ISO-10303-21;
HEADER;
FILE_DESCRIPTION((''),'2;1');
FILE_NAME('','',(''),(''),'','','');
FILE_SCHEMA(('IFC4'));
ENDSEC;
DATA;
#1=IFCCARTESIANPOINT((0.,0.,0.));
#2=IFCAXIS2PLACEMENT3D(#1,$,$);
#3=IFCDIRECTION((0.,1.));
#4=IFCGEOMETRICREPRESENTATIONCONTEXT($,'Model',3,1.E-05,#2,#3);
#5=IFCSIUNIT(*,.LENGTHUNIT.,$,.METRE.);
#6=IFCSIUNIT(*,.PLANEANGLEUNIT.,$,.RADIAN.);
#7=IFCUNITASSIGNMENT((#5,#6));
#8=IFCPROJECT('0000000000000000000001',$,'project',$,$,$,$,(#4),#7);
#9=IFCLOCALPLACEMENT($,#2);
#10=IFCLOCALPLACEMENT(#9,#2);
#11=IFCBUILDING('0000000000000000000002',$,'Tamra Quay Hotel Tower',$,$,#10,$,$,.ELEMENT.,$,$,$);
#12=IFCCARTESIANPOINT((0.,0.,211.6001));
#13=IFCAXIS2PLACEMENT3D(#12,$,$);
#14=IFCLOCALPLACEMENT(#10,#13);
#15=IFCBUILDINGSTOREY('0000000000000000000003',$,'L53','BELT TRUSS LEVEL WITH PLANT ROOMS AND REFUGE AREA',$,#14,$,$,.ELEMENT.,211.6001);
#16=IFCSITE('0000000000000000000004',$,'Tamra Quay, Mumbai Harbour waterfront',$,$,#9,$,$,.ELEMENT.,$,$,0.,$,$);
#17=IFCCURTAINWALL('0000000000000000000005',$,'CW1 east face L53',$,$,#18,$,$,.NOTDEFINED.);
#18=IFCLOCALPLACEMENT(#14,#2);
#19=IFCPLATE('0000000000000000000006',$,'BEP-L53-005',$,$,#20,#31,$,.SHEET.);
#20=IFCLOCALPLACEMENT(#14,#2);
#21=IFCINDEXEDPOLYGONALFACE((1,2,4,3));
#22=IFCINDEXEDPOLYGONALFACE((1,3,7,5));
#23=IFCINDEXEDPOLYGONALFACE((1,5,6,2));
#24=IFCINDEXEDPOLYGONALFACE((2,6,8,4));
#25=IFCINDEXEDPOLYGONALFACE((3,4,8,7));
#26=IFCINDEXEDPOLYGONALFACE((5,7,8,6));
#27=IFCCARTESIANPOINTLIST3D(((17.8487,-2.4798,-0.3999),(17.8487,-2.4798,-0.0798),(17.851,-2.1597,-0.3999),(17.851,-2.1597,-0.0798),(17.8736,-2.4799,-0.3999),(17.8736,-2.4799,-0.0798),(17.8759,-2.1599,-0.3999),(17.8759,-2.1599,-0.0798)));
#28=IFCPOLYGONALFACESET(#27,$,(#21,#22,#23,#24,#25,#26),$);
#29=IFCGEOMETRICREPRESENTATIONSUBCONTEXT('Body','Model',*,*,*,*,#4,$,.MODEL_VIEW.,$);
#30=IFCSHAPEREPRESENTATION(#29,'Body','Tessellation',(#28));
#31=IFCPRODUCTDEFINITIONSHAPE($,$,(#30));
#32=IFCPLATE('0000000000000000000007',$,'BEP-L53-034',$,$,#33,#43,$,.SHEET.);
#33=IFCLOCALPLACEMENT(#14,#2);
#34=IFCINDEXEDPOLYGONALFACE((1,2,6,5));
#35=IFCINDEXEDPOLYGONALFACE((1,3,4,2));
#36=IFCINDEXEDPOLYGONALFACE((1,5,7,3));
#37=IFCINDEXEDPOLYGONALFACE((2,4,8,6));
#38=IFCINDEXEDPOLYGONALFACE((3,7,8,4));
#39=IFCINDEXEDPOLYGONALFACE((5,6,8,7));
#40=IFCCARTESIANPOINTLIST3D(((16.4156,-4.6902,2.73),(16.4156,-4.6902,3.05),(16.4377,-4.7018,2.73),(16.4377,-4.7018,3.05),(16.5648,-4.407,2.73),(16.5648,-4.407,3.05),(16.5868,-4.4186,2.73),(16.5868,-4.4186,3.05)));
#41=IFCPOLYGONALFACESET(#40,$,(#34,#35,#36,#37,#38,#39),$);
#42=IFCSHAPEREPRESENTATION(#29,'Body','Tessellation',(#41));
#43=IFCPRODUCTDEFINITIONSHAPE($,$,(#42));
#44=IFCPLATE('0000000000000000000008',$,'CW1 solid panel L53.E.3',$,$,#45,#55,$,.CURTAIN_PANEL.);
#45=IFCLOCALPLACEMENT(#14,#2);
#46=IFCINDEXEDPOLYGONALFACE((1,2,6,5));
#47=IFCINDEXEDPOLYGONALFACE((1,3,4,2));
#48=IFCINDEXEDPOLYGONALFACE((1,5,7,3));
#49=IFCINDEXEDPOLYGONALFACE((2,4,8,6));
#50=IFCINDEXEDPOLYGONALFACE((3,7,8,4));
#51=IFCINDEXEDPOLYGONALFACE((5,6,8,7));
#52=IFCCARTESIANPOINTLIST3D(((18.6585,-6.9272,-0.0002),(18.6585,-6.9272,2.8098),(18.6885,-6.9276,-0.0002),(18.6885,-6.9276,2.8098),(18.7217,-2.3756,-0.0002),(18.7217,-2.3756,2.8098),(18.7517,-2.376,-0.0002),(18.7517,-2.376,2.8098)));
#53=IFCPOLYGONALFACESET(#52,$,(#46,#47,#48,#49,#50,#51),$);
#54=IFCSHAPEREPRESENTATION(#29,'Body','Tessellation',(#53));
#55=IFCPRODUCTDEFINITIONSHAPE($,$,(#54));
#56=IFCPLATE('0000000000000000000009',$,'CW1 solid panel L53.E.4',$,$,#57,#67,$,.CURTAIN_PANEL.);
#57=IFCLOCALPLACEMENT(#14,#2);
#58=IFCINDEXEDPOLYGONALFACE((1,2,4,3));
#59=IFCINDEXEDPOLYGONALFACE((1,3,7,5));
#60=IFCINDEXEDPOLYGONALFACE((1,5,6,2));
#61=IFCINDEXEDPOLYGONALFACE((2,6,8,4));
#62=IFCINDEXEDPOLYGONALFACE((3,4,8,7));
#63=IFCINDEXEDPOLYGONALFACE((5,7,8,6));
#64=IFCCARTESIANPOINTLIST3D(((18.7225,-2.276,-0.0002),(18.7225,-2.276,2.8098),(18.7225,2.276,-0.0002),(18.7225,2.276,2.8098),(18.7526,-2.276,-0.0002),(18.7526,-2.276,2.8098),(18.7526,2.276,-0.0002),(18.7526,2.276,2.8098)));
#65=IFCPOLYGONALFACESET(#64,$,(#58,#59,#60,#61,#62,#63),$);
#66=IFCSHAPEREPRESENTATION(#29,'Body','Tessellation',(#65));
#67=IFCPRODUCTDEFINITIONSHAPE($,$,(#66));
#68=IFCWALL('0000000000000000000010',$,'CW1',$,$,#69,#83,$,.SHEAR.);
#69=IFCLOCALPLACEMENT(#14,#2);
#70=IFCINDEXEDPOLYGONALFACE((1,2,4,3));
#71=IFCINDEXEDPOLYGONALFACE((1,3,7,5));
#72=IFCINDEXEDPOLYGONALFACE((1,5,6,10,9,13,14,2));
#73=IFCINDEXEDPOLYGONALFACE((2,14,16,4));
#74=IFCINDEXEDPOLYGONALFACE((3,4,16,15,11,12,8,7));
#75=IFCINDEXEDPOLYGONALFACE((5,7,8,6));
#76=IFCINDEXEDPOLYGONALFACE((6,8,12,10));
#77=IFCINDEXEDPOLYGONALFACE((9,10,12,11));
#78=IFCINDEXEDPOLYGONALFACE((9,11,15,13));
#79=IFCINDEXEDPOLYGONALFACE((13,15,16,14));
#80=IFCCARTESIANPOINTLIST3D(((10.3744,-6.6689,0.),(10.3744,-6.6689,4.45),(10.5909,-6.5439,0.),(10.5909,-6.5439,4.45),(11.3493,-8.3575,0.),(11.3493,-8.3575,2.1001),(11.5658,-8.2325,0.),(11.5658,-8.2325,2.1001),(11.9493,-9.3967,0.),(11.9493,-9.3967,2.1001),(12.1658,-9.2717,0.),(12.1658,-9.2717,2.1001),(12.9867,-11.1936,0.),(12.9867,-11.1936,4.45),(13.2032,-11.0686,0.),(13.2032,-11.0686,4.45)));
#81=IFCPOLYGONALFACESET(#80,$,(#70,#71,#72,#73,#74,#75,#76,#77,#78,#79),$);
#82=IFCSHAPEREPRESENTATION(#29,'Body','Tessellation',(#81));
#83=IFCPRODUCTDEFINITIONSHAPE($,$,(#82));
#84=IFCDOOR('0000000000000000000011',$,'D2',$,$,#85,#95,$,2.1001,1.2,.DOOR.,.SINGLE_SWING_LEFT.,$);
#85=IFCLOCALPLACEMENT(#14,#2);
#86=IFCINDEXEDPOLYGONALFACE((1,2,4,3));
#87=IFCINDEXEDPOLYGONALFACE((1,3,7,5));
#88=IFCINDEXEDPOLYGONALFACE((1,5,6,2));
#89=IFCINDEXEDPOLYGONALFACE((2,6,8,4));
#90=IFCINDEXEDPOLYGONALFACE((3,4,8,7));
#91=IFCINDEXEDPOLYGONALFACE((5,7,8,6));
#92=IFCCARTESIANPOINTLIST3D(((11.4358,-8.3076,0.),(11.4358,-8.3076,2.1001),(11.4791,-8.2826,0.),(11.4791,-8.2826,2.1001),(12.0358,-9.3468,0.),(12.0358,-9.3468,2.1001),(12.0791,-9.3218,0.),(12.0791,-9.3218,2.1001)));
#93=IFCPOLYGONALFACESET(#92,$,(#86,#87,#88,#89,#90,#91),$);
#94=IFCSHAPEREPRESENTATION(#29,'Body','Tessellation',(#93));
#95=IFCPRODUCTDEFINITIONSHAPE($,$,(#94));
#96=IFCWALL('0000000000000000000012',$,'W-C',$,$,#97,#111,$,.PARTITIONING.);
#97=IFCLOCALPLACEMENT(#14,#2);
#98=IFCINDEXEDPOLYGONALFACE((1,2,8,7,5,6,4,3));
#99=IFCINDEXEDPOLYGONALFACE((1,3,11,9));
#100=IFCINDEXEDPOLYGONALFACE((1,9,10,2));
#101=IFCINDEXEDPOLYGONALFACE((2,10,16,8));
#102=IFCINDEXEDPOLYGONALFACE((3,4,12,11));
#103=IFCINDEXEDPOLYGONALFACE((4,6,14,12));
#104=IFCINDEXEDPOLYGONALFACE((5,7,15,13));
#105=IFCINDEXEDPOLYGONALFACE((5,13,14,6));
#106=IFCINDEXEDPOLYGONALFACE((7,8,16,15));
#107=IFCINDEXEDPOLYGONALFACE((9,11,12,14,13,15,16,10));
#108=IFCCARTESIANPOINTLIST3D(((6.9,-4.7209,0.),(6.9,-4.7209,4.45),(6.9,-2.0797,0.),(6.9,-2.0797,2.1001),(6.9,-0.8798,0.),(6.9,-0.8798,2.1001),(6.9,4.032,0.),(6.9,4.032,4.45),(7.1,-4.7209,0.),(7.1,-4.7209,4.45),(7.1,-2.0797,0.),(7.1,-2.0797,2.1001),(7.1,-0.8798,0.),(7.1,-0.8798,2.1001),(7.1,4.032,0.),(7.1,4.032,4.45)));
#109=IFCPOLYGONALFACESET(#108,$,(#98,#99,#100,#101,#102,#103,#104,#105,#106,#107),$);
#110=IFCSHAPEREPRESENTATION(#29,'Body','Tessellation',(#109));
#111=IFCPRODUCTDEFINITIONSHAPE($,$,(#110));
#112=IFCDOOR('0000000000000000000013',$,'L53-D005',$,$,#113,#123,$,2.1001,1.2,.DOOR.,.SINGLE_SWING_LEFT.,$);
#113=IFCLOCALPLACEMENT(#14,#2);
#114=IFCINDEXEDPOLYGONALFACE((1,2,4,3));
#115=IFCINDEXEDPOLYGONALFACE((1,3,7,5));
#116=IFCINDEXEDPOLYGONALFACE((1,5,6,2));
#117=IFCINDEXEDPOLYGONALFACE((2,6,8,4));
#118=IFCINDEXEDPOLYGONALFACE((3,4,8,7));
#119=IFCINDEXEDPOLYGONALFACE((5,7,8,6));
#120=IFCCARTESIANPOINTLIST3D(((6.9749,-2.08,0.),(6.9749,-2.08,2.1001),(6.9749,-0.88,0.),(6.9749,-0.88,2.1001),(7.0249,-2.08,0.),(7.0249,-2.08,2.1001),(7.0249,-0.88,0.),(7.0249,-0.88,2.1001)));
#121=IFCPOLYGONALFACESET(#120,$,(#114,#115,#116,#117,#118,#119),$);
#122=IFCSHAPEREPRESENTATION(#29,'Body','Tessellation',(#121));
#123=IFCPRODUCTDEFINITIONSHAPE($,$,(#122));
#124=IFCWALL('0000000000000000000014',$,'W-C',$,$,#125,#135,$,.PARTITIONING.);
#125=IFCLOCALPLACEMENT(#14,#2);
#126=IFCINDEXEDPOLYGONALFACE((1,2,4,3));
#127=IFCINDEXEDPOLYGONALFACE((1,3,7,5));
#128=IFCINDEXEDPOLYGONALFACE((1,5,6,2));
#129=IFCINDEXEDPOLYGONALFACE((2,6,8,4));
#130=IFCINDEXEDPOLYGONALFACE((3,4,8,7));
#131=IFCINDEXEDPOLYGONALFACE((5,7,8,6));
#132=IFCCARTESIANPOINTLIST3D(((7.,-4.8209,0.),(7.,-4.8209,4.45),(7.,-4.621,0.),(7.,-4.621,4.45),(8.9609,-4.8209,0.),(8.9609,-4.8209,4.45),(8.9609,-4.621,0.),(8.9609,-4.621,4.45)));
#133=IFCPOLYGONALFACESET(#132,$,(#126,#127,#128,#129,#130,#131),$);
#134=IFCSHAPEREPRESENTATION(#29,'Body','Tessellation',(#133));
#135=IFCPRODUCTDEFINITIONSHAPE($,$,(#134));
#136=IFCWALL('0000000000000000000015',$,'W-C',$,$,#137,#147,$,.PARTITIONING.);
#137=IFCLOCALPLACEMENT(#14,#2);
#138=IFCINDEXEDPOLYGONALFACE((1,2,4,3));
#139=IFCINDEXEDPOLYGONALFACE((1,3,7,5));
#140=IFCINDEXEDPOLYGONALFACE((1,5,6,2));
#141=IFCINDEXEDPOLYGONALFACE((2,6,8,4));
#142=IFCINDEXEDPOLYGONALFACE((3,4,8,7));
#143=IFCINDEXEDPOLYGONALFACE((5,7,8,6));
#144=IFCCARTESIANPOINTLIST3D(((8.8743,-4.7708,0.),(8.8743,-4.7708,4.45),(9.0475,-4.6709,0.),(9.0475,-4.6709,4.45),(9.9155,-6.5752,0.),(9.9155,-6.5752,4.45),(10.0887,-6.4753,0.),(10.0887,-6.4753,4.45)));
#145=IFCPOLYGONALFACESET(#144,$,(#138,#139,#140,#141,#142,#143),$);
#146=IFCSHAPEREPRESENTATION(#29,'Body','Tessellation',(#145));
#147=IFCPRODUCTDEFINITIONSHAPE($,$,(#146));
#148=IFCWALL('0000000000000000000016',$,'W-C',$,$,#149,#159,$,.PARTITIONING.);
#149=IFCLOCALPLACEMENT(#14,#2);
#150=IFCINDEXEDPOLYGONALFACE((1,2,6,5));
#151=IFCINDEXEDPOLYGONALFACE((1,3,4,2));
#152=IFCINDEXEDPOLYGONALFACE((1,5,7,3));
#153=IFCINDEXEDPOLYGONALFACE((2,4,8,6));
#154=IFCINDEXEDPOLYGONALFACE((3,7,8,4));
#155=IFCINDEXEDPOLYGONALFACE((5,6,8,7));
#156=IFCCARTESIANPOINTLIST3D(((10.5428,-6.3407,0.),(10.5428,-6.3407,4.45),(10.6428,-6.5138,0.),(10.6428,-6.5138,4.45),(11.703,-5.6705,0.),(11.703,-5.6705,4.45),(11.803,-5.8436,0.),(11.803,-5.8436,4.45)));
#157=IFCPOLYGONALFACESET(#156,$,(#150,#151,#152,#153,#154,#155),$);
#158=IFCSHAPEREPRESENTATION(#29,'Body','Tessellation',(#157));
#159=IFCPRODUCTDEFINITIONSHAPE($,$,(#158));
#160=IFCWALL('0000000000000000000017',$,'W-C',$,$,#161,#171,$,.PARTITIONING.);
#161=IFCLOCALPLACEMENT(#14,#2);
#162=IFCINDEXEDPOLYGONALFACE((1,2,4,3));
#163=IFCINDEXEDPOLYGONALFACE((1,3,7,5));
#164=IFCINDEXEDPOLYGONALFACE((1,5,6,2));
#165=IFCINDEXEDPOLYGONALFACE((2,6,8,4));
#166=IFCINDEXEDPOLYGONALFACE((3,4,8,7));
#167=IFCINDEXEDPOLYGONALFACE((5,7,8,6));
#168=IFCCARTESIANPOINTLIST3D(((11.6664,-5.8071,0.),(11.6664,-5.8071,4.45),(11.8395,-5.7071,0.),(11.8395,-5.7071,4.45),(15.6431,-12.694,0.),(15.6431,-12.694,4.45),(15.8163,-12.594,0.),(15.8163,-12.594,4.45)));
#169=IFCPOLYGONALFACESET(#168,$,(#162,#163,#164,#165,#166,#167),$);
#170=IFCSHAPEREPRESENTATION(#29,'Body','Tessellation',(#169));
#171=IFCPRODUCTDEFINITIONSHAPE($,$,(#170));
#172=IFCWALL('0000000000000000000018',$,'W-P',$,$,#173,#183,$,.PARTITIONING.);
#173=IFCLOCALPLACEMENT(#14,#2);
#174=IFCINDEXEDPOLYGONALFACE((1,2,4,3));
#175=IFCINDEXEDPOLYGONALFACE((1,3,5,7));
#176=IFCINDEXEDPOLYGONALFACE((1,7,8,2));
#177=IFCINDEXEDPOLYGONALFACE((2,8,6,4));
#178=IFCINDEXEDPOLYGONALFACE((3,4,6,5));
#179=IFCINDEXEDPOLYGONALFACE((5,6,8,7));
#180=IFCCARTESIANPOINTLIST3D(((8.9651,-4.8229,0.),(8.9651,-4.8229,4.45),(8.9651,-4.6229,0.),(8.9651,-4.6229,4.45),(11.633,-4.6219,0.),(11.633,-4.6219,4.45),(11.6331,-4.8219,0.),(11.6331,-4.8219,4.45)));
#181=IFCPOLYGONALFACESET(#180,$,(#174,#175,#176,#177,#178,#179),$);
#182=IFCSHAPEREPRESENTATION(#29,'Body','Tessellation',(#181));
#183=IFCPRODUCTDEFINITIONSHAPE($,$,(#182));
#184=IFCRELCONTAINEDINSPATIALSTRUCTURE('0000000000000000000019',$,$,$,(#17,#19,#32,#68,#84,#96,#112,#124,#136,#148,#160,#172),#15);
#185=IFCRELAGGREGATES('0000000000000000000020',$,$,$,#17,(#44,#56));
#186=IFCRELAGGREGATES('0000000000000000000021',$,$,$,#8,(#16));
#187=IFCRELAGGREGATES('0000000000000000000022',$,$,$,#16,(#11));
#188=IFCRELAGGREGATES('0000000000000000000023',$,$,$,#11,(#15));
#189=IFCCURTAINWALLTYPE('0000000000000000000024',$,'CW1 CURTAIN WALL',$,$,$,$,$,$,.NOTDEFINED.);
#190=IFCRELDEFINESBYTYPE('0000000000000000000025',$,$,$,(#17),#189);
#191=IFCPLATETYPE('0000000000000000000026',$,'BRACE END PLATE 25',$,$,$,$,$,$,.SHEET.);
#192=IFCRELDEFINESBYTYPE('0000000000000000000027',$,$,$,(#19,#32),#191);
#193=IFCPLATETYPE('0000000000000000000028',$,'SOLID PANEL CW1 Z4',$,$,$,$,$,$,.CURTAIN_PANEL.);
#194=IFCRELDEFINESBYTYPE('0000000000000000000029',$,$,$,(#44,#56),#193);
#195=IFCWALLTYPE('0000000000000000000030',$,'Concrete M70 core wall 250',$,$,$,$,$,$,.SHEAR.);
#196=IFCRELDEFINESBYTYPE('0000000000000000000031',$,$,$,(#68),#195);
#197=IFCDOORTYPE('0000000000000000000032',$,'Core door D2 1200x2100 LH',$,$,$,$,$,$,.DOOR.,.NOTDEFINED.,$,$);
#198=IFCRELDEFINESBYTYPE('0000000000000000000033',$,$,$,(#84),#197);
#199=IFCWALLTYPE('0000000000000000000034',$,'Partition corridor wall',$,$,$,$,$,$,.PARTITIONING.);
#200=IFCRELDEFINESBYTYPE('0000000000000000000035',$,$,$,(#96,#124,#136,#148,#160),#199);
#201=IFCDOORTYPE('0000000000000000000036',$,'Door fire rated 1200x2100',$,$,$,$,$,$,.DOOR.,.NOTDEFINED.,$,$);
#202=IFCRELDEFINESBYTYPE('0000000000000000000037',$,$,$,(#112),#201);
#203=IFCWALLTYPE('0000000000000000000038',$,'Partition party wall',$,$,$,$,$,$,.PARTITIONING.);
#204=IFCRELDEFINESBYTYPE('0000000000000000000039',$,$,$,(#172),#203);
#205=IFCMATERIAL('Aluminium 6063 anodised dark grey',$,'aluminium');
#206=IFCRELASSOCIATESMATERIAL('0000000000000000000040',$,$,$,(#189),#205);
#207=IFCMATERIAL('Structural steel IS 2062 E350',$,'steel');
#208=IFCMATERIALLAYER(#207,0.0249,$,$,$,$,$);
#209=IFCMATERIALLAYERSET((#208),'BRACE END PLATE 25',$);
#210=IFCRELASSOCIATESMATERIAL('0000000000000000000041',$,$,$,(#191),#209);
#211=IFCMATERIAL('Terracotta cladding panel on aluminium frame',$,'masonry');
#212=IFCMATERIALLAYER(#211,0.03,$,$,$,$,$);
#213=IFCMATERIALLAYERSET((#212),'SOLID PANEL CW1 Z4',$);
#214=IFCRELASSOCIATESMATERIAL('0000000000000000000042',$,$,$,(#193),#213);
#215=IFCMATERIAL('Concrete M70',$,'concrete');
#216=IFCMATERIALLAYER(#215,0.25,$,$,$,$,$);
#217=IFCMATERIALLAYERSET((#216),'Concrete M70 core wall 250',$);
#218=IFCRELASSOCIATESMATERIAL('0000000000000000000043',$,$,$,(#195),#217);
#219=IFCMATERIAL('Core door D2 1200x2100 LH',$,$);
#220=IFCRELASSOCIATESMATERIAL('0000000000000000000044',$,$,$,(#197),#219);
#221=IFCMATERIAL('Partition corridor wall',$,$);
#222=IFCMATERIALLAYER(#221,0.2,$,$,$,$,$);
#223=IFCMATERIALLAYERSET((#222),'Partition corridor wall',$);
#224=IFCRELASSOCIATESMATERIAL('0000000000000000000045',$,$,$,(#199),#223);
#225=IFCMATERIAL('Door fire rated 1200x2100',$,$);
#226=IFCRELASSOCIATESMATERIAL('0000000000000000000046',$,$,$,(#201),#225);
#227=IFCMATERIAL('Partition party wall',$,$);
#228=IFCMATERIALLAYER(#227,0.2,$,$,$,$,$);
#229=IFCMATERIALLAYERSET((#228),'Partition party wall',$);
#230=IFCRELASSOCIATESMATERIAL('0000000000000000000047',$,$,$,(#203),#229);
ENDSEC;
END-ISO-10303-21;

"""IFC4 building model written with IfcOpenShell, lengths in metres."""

from ifc_helpers import new_model, si_unit, direction, frame, frame_2d, origin, origin_2d, place, context, subcontext, project, spatial, rectangle, extrude, material, layer, layer_set, type_object, element, fill, aggregate, save


model = new_model("IFC4")

# Units and contexts
model_context = context("Model", 3, precision=1e-05, world=origin(), true_north=direction((0.0, 1.0)))
body_context = subcontext(model_context, "Body", "Model", "MODEL_VIEW")
ifc_project = project(units=[si_unit("LENGTHUNIT", "METRE"), si_unit("PLANEANGLEUNIT", "RADIAN")], contexts=[model_context])

# Site, building, storey
site_placement = place(None, origin())
site = spatial("IfcSite", under=ifc_project, at=site_placement, Name="Tamra Quay, Mumbai Harbour waterfront", CompositionType="ELEMENT", RefElevation=0.0)
building_placement = place(site_placement, origin())
building = spatial("IfcBuilding", under=site, at=building_placement, Name="Tamra Quay Hotel Tower", CompositionType="ELEMENT")
storey_placement = place(building_placement, frame((0.0, 0.0, 211.6001)))
storey = spatial("IfcBuildingStorey", under=building, at=storey_placement, Name="L53", Description="BELT TRUSS LEVEL WITH PLANT ROOMS AND REFUGE AREA", CompositionType="ELEMENT", Elevation=211.6001)

# Shared definitions
ifc_material_1 = material(Name="Structural steel IS 2062 E350", Category="steel")

# Curtain wall
ifc_material_2 = material(Name="Aluminium 6063 anodised dark grey", Category="aluminium")
curtain_wall_type = type_object("IfcCurtainWallType", Name="CW1 CURTAIN WALL", PredefinedType="NOTDEFINED", material=ifc_material_2)
curtain_wall_placement = place(storey_placement, origin())
curtain_wall = element("IfcCurtainWall", 1, at=curtain_wall_placement, inside=storey, type_object=curtain_wall_type, Name="CW1 east face L53", PredefinedType="NOTDEFINED")

# Plates
ifc_layer_1 = layer(ifc_material_1, 0.0249)
ifc_layer_set_1 = layer_set([ifc_layer_1], Name="BRACE END PLATE 25")
plate_type_1 = type_object("IfcPlateType", Name="BRACE END PLATE 25", PredefinedType="SHEET", material=ifc_layer_set_1)
for number, where, z_axis, x_axis, name in (
    (2, (17.8623, -2.3198, -0.3999), (0.0, 0.0, 1.0), (-0.999975, 0.007109, 0.0), "BEP-L53-005"),
    (3, (16.5012, -4.5544, 2.73), (0.0, 0.0, 1.0), (-0.884787, 0.465996, 0.0), "BEP-L53-034"),
):
    element("IfcPlate", number, at=place(storey_placement, frame(where, z_axis=z_axis, x_axis=x_axis)), inside=storey, type_object=plate_type_1, Name=name, PredefinedType="SHEET", context=body_context, shape_type="SweptSolid", body=[
        extrude(rectangle(XDim=0.0249, YDim=0.3201, at=origin_2d()), origin(), (0.0, 0.0, 1.0), 0.3201),
    ])

# Plates
ifc_material_3 = material(Name="Terracotta cladding panel on aluminium frame", Category="masonry")
ifc_layer_2 = layer(ifc_material_3, 0.03)
ifc_layer_set_2 = layer_set([ifc_layer_2], Name="SOLID PANEL CW1 Z4")
plate_type_2 = type_object("IfcPlateType", Name="SOLID PANEL CW1 Z4", PredefinedType="CURTAIN_PANEL", material=ifc_layer_set_2)
plate_1_placement = place(storey_placement, frame((18.7051, -4.6516, -0.0002), z_axis=(0.0, 0.0, 1.0), x_axis=(0.013886, 0.999904, 0.0)))
plate_1 = element("IfcPlate", 4, at=plate_1_placement, type_object=plate_type_2, Name="CW1 solid panel L53.E.3", PredefinedType="CURTAIN_PANEL", context=body_context, shape_type="SweptSolid", body=[
    extrude(rectangle(XDim=4.552, YDim=0.03, at=origin_2d()), origin(), (0.0, 0.0, 1.0), 2.8101),
])
plate_2_placement = place(storey_placement, frame((18.7375, 0.0, -0.0002), z_axis=(0.0, 0.0, 1.0), x_axis=(0.0, 1.0, 0.0)))
plate_2 = element("IfcPlate", 5, at=plate_2_placement, type_object=plate_type_2, Name="CW1 solid panel L53.E.4", PredefinedType="CURTAIN_PANEL", context=body_context, shape_type="SweptSolid", body=[
    extrude(rectangle(XDim=4.552, YDim=0.03, at=origin_2d()), origin(), (0.0, 0.0, 1.0), 2.8101),
])
aggregate(curtain_wall, [plate_1, plate_2])

# Walls, openings, doors
ifc_material_4 = material(Name="Concrete M70", Category="concrete")
ifc_layer_3 = layer(ifc_material_4, 0.25)
ifc_layer_set_3 = layer_set([ifc_layer_3], Name="Concrete M70 core wall 250")
wall_type_1 = type_object("IfcWallType", Name="Concrete M70 core wall 250", PredefinedType="SHEAR", material=ifc_layer_set_3)
wall_1_placement = place(storey_placement, frame((10.4827, -6.6064, 0.0), z_axis=(0.0, 0.0, 1.0), x_axis=(0.499999, -0.866026, 0.0)))
wall_1 = element("IfcWall", 6, at=wall_1_placement, inside=storey, type_object=wall_type_1, Name="CW1", PredefinedType="SHEAR", context=body_context, shape_type="SweptSolid", body=[
    extrude(rectangle(XDim=5.2246, YDim=0.25, at=frame_2d((2.6123, 0.0))), origin(), (0.0, 0.0, 1.0), 4.45),
])
opening_1_placement = place(wall_1_placement, frame((1.9497, 0.0, 0.0)))
opening_1 = element("IfcOpeningElement", 7, at=opening_1_placement, cuts=wall_1, PredefinedType="OPENING", context=body_context, shape_type="SweptSolid", body=[
    extrude(rectangle(XDim=1.2, YDim=2.1001, at=frame_2d((0.6001, 1.05))), frame((0.0, 0.135, 0.0), z_axis=(0.0, -1.0, 0.0), x_axis=(1.0, 0.0, 0.0)), (0.0, 0.0, 1.0), 0.27),
])
ifc_material_5 = material(Name="Core door D2 1200x2100 LH")
door_type_1 = type_object("IfcDoorType", Name="Core door D2 1200x2100 LH", OperationType="NOTDEFINED", PredefinedType="DOOR", material=ifc_material_5)
door_1_placement = place(opening_1_placement, origin())
door_1 = element("IfcDoor", 8, at=door_1_placement, inside=storey, type_object=door_type_1, Name="D2", OperationType="SINGLE_SWING_LEFT", OverallHeight=2.1001, OverallWidth=1.2, PredefinedType="DOOR", context=body_context, shape_type="SweptSolid", body=[
    extrude(rectangle(XDim=1.2, YDim=2.1001, at=frame_2d((0.6001, 1.05))), frame((0.0, 0.0249, 0.0), z_axis=(0.0, -1.0, 0.0), x_axis=(1.0, 0.0, 0.0)), (0.0, 0.0, 1.0), 0.05),
])
fill(opening_1, door_1)
ifc_material_6 = material(Name="Partition corridor wall")
ifc_layer_4 = layer(ifc_material_6, 0.2)
ifc_layer_set_4 = layer_set([ifc_layer_4], Name="Partition corridor wall")
wall_type_2 = type_object("IfcWallType", Name="Partition corridor wall", PredefinedType="PARTITIONING", material=ifc_layer_set_4)
wall_2_placement = place(storey_placement, frame((7.0, -4.7209, 0.0), z_axis=(0.0, 0.0, 1.0), x_axis=(0.0, 1.0, 0.0)))
wall_2 = element("IfcWall", 9, at=wall_2_placement, inside=storey, type_object=wall_type_2, Name="W-C", PredefinedType="PARTITIONING", context=body_context, shape_type="SweptSolid", body=[
    extrude(rectangle(XDim=8.7529, YDim=0.2, at=frame_2d((4.3765, 0.0))), origin(), (0.0, 0.0, 1.0), 4.45),
])
opening_2_placement = place(wall_2_placement, frame((2.6411, 0.0, 0.0)))
opening_2 = element("IfcOpeningElement", 10, at=opening_2_placement, cuts=wall_2, PredefinedType="OPENING", context=body_context, shape_type="SweptSolid", body=[
    extrude(rectangle(XDim=1.2, YDim=2.1001, at=frame_2d((0.6001, 1.05))), frame((0.0, 0.1099, 0.0), z_axis=(0.0, -1.0, 0.0), x_axis=(1.0, 0.0, 0.0)), (0.0, 0.0, 1.0), 0.22),
])
ifc_material_7 = material(Name="Door fire rated 1200x2100")
door_type_2 = type_object("IfcDoorType", Name="Door fire rated 1200x2100", OperationType="NOTDEFINED", PredefinedType="DOOR", material=ifc_material_7)
door_2_placement = place(opening_2_placement, frame((1.2, 0.0, 0.0), z_axis=(0.0, 0.0, 1.0), x_axis=(-1.0, 0.0, 0.0)))
door_2 = element("IfcDoor", 11, at=door_2_placement, inside=storey, type_object=door_type_2, Name="L53-D005", OperationType="SINGLE_SWING_LEFT", OverallHeight=2.1001, OverallWidth=1.2, PredefinedType="DOOR", context=body_context, shape_type="SweptSolid", body=[
    extrude(rectangle(XDim=1.2, YDim=2.1001, at=frame_2d((0.6001, 1.05))), frame((0.0, 0.0249, 0.0), z_axis=(0.0, -1.0, 0.0), x_axis=(1.0, 0.0, 0.0)), (0.0, 0.0, 1.0), 0.05),
])
fill(opening_2, door_2)

# Walls
wall_3_placement = place(storey_placement, frame((7.0, -4.7209, 0.0), z_axis=(0.0, 0.0, 1.0), x_axis=(1.0, 0.0, 0.0)))
element("IfcWall", 12, at=wall_3_placement, inside=storey, type_object=wall_type_2, Name="W-C", PredefinedType="PARTITIONING", context=body_context, shape_type="SweptSolid", body=[
    extrude(rectangle(XDim=1.9609, YDim=0.2, at=frame_2d((0.9805, 0.0))), origin(), (0.0, 0.0, 1.0), 4.45),
])
wall_4_placement = place(storey_placement, frame((8.9609, -4.7209, 0.0), z_axis=(0.0, 0.0, 1.0), x_axis=(0.499807, -0.866137, 0.0)))
element("IfcWall", 13, at=wall_4_placement, inside=storey, type_object=wall_type_2, Name="W-C", PredefinedType="PARTITIONING", context=body_context, shape_type="SweptSolid", body=[
    extrude(rectangle(XDim=2.0833, YDim=0.2, at=frame_2d((1.0415, 0.0))), origin(), (0.0, 0.0, 1.0), 4.45),
])
wall_5_placement = place(storey_placement, frame((10.5928, -6.4272, 0.0), z_axis=(0.0, 0.0, 1.0), x_axis=(0.865912, 0.500196, 0.0)))
element("IfcWall", 14, at=wall_5_placement, inside=storey, type_object=wall_type_2, Name="W-C", PredefinedType="PARTITIONING", context=body_context, shape_type="SweptSolid", body=[
    extrude(rectangle(XDim=1.3398, YDim=0.2, at=frame_2d((0.6699, 0.0))), origin(), (0.0, 0.0, 1.0), 4.45),
])
wall_6_placement = place(storey_placement, frame((11.7529, -5.7571, 0.0), z_axis=(0.0, 0.0, 1.0), x_axis=(0.500058, -0.865992, 0.0)))
element("IfcWall", 15, at=wall_6_placement, inside=storey, type_object=wall_type_2, Name="W-C", PredefinedType="PARTITIONING", context=body_context, shape_type="SweptSolid", body=[
    extrude(rectangle(XDim=7.9526, YDim=0.2, at=frame_2d((3.9763, 0.0))), origin(), (0.0, 0.0, 1.0), 4.45),
])
ifc_material_8 = material(Name="Partition party wall")
ifc_layer_5 = layer(ifc_material_8, 0.2)
ifc_layer_set_5 = layer_set([ifc_layer_5], Name="Partition party wall")
wall_type_3 = type_object("IfcWallType", Name="Partition party wall", PredefinedType="PARTITIONING", material=ifc_layer_set_5)
wall_7_placement = place(storey_placement, frame((8.9651, -4.7229, 0.0), z_axis=(0.0, 0.0, 1.0), x_axis=(1.0, 0.000366, 0.0)))
element("IfcWall", 16, at=wall_7_placement, inside=storey, type_object=wall_type_3, Name="W-P", PredefinedType="PARTITIONING", context=body_context, shape_type="SweptSolid", body=[
    extrude(rectangle(XDim=2.668, YDim=0.2, at=frame_2d((1.334, 0.0))), origin(), (0.0, 0.0, 1.0), 4.45),
])

save(model, "model.ifc")
